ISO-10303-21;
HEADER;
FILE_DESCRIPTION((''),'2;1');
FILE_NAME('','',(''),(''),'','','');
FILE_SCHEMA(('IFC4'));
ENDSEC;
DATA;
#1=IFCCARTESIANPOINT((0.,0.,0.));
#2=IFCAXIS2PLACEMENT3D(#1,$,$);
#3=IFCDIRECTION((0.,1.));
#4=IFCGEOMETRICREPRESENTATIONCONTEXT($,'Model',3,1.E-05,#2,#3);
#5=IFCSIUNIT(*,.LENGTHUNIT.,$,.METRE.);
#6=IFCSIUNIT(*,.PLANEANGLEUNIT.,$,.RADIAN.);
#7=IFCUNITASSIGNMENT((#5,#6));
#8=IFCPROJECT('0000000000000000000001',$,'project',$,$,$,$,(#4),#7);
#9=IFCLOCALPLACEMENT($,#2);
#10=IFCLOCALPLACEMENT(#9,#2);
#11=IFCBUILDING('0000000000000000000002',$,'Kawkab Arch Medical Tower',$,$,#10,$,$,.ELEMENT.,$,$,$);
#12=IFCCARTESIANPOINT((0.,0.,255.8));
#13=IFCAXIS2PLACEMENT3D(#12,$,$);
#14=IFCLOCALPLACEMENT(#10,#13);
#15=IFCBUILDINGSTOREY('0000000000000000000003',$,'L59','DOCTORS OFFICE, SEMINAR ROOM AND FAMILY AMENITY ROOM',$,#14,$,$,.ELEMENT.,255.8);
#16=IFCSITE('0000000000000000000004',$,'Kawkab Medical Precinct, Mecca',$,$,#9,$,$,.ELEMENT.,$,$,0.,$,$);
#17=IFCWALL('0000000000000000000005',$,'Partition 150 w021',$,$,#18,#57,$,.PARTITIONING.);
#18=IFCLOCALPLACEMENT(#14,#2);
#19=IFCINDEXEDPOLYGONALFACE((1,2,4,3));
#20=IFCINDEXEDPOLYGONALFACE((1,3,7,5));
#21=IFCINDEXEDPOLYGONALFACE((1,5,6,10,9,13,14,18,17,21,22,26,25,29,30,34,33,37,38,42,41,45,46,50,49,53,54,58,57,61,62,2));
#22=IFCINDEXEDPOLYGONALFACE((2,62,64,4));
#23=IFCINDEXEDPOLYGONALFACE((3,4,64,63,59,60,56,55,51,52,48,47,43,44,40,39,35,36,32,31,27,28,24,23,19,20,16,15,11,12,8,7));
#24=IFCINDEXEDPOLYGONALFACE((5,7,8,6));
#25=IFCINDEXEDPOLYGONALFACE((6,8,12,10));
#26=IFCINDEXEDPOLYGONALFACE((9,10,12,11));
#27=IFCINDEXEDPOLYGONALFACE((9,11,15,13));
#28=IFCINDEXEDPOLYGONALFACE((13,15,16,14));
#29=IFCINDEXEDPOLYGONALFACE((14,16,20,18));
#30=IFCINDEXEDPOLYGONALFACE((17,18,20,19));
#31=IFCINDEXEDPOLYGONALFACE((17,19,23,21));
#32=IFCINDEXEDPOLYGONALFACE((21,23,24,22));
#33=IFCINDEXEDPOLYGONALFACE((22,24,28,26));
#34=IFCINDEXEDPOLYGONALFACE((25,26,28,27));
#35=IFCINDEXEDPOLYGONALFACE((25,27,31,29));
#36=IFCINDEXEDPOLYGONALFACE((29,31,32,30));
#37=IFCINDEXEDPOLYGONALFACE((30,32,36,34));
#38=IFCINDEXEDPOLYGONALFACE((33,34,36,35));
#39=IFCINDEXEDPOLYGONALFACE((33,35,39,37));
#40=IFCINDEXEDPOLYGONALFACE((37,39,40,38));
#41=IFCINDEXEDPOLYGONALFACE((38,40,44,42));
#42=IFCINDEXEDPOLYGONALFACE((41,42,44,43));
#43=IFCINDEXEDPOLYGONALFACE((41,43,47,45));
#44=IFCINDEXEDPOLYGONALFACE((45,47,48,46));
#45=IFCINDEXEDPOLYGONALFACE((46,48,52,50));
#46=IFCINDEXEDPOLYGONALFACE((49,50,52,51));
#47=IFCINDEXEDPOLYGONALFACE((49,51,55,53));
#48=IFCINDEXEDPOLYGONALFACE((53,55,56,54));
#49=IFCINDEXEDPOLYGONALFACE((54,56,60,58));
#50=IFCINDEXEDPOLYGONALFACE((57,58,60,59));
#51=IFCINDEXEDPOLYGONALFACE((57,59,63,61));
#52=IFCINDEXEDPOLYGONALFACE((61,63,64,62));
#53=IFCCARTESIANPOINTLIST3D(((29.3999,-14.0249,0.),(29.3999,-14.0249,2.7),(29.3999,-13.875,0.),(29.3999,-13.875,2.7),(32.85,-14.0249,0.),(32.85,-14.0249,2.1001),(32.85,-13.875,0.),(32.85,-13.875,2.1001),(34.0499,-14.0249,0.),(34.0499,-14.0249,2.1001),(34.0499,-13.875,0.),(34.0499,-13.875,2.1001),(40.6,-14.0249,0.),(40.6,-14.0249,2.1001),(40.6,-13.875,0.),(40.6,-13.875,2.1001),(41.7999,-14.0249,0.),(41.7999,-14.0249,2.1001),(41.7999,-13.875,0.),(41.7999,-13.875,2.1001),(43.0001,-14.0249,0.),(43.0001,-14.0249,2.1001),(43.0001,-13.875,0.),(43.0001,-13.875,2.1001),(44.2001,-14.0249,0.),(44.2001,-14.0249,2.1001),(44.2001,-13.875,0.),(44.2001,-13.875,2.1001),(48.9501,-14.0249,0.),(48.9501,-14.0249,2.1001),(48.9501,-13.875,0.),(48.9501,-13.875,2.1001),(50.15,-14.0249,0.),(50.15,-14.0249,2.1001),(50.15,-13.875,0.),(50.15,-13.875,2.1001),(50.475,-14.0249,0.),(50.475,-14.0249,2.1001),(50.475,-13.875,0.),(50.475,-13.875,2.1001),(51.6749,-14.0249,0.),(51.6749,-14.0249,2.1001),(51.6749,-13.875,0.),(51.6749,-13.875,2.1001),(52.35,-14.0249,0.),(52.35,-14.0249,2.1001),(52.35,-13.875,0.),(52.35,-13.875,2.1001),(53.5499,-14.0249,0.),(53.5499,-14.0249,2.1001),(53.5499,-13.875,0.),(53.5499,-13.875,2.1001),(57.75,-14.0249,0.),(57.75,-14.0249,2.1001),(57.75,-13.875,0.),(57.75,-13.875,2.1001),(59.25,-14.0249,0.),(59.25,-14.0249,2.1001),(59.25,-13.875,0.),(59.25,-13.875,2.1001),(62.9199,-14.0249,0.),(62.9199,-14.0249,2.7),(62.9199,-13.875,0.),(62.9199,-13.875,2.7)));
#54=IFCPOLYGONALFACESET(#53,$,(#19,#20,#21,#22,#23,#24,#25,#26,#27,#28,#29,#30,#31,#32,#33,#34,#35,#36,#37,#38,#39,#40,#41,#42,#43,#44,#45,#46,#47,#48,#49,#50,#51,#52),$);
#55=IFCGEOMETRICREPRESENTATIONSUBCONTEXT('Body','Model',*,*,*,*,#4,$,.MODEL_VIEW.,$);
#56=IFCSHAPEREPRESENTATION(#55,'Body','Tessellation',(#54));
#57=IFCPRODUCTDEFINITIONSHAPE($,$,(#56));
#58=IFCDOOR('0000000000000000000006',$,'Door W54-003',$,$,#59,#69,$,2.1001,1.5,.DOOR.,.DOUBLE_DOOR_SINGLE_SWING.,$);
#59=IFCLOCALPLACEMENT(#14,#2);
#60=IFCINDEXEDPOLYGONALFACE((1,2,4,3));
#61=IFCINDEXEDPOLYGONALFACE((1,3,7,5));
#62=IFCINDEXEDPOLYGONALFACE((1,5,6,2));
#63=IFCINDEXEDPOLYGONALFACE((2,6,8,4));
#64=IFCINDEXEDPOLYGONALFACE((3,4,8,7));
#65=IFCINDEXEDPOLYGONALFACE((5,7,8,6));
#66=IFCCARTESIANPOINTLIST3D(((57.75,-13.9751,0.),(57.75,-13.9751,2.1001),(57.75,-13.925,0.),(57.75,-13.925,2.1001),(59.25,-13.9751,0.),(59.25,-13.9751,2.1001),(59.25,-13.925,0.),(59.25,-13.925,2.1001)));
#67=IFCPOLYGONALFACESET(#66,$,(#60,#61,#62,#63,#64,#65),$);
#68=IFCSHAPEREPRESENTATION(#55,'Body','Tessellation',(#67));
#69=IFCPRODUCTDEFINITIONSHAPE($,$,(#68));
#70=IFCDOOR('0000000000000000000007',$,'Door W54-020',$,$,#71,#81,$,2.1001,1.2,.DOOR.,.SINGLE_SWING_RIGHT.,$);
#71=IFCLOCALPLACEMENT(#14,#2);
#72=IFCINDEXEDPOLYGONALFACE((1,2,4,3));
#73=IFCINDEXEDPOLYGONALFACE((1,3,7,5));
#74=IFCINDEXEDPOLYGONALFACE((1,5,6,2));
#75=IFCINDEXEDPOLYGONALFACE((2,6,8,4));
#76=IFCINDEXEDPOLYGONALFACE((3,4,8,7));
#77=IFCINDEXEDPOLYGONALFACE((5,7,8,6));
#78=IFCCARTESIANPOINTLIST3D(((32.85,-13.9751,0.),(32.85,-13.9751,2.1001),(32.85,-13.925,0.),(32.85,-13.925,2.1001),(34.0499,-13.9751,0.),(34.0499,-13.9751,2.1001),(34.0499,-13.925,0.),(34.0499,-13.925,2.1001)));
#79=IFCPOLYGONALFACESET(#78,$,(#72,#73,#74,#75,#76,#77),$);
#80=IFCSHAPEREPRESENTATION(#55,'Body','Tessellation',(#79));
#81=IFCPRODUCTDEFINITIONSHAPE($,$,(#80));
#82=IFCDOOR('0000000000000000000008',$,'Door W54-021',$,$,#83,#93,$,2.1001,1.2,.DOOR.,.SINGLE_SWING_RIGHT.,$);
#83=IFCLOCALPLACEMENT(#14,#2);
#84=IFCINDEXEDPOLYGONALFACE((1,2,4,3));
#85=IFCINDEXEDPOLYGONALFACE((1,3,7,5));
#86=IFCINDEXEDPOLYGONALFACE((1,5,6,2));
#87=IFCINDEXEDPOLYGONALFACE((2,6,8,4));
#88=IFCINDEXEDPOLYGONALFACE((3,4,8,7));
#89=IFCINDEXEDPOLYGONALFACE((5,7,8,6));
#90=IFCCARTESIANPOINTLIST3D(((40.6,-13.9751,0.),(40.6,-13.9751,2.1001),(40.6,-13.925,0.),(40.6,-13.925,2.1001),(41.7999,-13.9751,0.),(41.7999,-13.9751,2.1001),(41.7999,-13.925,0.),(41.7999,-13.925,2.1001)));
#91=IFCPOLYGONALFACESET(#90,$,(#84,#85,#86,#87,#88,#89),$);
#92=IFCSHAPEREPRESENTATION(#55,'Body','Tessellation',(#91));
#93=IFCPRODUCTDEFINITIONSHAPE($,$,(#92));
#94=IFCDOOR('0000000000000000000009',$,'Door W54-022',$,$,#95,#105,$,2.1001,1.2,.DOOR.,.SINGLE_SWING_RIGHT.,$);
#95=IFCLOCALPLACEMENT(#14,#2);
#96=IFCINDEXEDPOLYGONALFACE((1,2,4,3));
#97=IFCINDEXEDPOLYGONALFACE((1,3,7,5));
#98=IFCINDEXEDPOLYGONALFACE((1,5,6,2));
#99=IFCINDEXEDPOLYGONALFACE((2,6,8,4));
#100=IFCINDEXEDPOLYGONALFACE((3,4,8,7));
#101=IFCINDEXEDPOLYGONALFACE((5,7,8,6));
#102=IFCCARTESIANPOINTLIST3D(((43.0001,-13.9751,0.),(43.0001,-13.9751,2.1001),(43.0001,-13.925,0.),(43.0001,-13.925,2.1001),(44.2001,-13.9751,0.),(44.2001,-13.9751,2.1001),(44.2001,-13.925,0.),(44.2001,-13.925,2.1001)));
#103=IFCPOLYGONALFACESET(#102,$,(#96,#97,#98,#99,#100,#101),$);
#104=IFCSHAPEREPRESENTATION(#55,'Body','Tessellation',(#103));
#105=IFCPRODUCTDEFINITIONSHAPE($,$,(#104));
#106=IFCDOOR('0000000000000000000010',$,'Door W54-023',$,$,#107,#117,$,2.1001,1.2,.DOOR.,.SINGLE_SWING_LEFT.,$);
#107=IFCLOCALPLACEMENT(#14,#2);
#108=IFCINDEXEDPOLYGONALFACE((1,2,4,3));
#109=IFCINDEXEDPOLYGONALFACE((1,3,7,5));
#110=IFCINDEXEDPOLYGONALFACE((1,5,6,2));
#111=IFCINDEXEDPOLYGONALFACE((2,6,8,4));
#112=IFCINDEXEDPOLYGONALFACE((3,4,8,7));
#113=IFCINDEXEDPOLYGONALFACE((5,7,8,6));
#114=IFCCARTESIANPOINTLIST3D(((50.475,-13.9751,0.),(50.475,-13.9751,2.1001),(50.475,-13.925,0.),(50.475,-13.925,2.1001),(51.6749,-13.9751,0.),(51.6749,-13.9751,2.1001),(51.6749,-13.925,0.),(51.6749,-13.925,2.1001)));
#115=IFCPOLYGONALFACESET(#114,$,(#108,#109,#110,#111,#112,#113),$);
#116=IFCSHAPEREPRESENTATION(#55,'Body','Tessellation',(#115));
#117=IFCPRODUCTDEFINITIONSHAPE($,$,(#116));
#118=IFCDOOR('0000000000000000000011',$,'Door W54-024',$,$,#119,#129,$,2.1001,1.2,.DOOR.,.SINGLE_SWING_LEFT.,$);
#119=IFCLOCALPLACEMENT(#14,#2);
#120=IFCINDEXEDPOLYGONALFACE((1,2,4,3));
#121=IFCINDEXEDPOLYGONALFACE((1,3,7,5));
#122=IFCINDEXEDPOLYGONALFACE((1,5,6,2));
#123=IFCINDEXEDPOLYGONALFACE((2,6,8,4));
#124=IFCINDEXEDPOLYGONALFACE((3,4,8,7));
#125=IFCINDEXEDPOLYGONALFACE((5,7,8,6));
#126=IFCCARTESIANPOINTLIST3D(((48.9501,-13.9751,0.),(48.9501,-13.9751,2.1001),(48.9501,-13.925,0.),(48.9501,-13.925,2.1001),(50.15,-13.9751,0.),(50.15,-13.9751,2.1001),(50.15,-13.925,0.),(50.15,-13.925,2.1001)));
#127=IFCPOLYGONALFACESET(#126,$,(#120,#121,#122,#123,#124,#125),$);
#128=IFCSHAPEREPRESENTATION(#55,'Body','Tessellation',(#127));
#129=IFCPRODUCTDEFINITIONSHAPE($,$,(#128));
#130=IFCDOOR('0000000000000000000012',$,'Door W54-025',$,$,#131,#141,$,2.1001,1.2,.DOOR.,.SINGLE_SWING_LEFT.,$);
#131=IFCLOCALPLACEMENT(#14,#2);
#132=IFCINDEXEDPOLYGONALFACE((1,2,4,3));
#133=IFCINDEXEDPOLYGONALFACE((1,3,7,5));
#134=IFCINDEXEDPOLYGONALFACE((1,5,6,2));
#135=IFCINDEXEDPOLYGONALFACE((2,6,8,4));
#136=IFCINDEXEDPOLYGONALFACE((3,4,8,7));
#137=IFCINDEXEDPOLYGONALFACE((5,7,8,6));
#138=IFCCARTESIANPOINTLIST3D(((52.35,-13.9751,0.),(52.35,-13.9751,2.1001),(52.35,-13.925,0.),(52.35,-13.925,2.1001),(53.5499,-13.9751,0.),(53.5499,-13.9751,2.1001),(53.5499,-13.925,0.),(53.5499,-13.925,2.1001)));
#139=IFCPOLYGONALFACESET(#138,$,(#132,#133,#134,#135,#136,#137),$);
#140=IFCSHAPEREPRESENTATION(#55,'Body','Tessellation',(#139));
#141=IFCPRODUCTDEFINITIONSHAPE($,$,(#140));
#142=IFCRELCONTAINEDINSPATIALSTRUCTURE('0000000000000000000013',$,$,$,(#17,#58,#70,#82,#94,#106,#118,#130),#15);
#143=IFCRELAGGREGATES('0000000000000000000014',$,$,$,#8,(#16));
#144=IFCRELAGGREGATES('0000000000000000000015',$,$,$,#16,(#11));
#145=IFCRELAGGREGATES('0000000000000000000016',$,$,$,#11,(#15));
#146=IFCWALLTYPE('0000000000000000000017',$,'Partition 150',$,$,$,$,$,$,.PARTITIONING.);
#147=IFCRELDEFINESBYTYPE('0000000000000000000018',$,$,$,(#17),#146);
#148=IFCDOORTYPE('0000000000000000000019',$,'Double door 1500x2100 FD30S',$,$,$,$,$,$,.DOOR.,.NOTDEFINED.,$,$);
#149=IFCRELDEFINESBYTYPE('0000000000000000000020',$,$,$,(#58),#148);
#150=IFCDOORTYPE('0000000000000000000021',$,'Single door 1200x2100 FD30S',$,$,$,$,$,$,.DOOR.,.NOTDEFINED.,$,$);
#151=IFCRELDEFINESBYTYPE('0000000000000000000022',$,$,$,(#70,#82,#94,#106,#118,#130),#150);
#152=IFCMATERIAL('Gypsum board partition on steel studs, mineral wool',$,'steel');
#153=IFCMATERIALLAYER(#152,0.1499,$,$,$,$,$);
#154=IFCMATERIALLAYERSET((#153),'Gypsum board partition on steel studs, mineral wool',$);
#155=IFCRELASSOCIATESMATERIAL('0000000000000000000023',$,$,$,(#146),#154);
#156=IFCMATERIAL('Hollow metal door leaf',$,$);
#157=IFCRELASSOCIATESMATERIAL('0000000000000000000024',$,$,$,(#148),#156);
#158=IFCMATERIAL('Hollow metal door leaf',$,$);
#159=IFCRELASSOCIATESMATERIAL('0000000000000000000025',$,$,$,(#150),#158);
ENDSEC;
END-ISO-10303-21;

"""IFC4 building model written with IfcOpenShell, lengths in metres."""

from ifc_helpers import new_model, si_unit, direction, frame, frame_2d, origin, place, context, subcontext, project, spatial, rectangle, extrude, material, layer, layer_set, type_object, element, fill, save


model = new_model("IFC4")

# Units and contexts
model_context = context("Model", 3, precision=1e-05, world=origin(), true_north=direction((0.0, 1.0)))
body_context = subcontext(model_context, "Body", "Model", "MODEL_VIEW")
ifc_project = project(units=[si_unit("LENGTHUNIT", "METRE"), si_unit("PLANEANGLEUNIT", "RADIAN")], contexts=[model_context])

# Site, building, storey
site_placement = place(None, origin())
site = spatial("IfcSite", under=ifc_project, at=site_placement, Name="Kawkab Medical Precinct, Mecca", CompositionType="ELEMENT", RefElevation=0.0)
building_placement = place(site_placement, origin())
building = spatial("IfcBuilding", under=site, at=building_placement, Name="Kawkab Arch Medical Tower", CompositionType="ELEMENT")
storey_placement = place(building_placement, frame((0.0, 0.0, 255.8)))
storey = spatial("IfcBuildingStorey", under=building, at=storey_placement, Name="L59", Description="DOCTORS OFFICE, SEMINAR ROOM AND FAMILY AMENITY ROOM", CompositionType="ELEMENT", Elevation=255.8)

# Shared definitions
ifc_material_1 = material(Name="Gypsum board partition on steel studs, mineral wool", Category="steel")
ifc_layer_1 = layer(ifc_material_1, 0.1499)
ifc_layer_set_1 = layer_set([ifc_layer_1], Name="Gypsum board partition on steel studs, mineral wool")
wall_type_1 = type_object("IfcWallType", Name="Partition 150", PredefinedType="PARTITIONING", material=ifc_layer_set_1)
ifc_material_2 = material(Name="Hollow metal door leaf")
door_type_1 = type_object("IfcDoorType", Name="Double door 1500x2100 FD30S", OperationType="NOTDEFINED", PredefinedType="DOOR", material=ifc_material_2)

# Wall, openings, doors
wall_1_placement = place(storey_placement, frame((29.3999, -13.95, 0.0), z_axis=(0.0, 0.0, 1.0), x_axis=(1.0, 0.0, 0.0)))
wall_1 = element("IfcWall", 1, at=wall_1_placement, inside=storey, type_object=wall_type_1, Name="Partition 150 w021", PredefinedType="PARTITIONING", context=body_context, shape_type="SweptSolid", body=[
    extrude(rectangle(XDim=33.52, YDim=0.1499, at=frame_2d((16.76, 0.0))), origin(), (0.0, 0.0, 1.0), 2.7),
])
opening_1_placement = place(wall_1_placement, frame((3.45, 0.0, 0.0)))
opening_1 = element("IfcOpeningElement", 2, at=opening_1_placement, cuts=wall_1, PredefinedType="OPENING", context=body_context, shape_type="SweptSolid", body=[
    extrude(rectangle(XDim=1.2, YDim=2.1001, at=frame_2d((0.6001, 1.05))), frame((0.0, 0.085, 0.0), z_axis=(0.0, -1.0, 0.0), x_axis=(1.0, 0.0, 0.0)), (0.0, 0.0, 1.0), 0.1699),
])
opening_2_placement = place(wall_1_placement, frame((11.2, 0.0, 0.0)))
opening_2 = element("IfcOpeningElement", 3, at=opening_2_placement, cuts=wall_1, PredefinedType="OPENING", context=body_context, shape_type="SweptSolid", body=[
    extrude(rectangle(XDim=1.2, YDim=2.1001, at=frame_2d((0.6001, 1.05))), frame((0.0, 0.085, 0.0), z_axis=(0.0, -1.0, 0.0), x_axis=(1.0, 0.0, 0.0)), (0.0, 0.0, 1.0), 0.1699),
])
opening_3_placement = place(wall_1_placement, frame((13.6001, 0.0, 0.0)))
opening_3 = element("IfcOpeningElement", 4, at=opening_3_placement, cuts=wall_1, PredefinedType="OPENING", context=body_context, shape_type="SweptSolid", body=[
    extrude(rectangle(XDim=1.2, YDim=2.1001, at=frame_2d((0.6001, 1.05))), frame((0.0, 0.085, 0.0), z_axis=(0.0, -1.0, 0.0), x_axis=(1.0, 0.0, 0.0)), (0.0, 0.0, 1.0), 0.1699),
])
opening_4_placement = place(wall_1_placement, frame((21.075, 0.0, 0.0)))
opening_4 = element("IfcOpeningElement", 5, at=opening_4_placement, cuts=wall_1, PredefinedType="OPENING", context=body_context, shape_type="SweptSolid", body=[
    extrude(rectangle(XDim=1.2, YDim=2.1001, at=frame_2d((0.6001, 1.05))), frame((0.0, 0.085, 0.0), z_axis=(0.0, -1.0, 0.0), x_axis=(1.0, 0.0, 0.0)), (0.0, 0.0, 1.0), 0.1699),
])
opening_5_placement = place(wall_1_placement, frame((19.55, 0.0, 0.0)))
opening_5 = element("IfcOpeningElement", 6, at=opening_5_placement, cuts=wall_1, PredefinedType="OPENING", context=body_context, shape_type="SweptSolid", body=[
    extrude(rectangle(XDim=1.2, YDim=2.1001, at=frame_2d((0.6001, 1.05))), frame((0.0, 0.085, 0.0), z_axis=(0.0, -1.0, 0.0), x_axis=(1.0, 0.0, 0.0)), (0.0, 0.0, 1.0), 0.1699),
])
opening_6_placement = place(wall_1_placement, frame((22.95, 0.0, 0.0)))
opening_6 = element("IfcOpeningElement", 7, at=opening_6_placement, cuts=wall_1, PredefinedType="OPENING", context=body_context, shape_type="SweptSolid", body=[
    extrude(rectangle(XDim=1.2, YDim=2.1001, at=frame_2d((0.6001, 1.05))), frame((0.0, 0.085, 0.0), z_axis=(0.0, -1.0, 0.0), x_axis=(1.0, 0.0, 0.0)), (0.0, 0.0, 1.0), 0.1699),
])
opening_7_placement = place(wall_1_placement, frame((28.3501, 0.0, 0.0)))
opening_7 = element("IfcOpeningElement", 8, at=opening_7_placement, cuts=wall_1, PredefinedType="OPENING", context=body_context, shape_type="SweptSolid", body=[
    extrude(rectangle(XDim=1.5, YDim=2.1001, at=frame_2d((0.75, 1.05))), frame((0.0, 0.085, 0.0), z_axis=(0.0, -1.0, 0.0), x_axis=(1.0, 0.0, 0.0)), (0.0, 0.0, 1.0), 0.1699),
])
door_1_placement = place(opening_7_placement, origin())
door_1 = element("IfcDoor", 9, at=door_1_placement, inside=storey, type_object=door_type_1, Name="Door W54-003", OperationType="DOUBLE_DOOR_SINGLE_SWING", OverallHeight=2.1001, OverallWidth=1.5, PredefinedType="DOOR", context=body_context, shape_type="SweptSolid", body=[
    extrude(rectangle(XDim=1.5, YDim=2.1001, at=frame_2d((0.75, 1.05))), frame((0.0, 0.0249, 0.0), z_axis=(0.0, -1.0, 0.0), x_axis=(1.0, 0.0, 0.0)), (0.0, 0.0, 1.0), 0.05),
])
fill(opening_7, door_1)
ifc_material_3 = material(Name="Hollow metal door leaf")
door_type_2 = type_object("IfcDoorType", Name="Single door 1200x2100 FD30S", OperationType="NOTDEFINED", PredefinedType="DOOR", material=ifc_material_3)
door_2_placement = place(opening_1_placement, origin())
door_2 = element("IfcDoor", 10, at=door_2_placement, inside=storey, type_object=door_type_2, Name="Door W54-020", OperationType="SINGLE_SWING_RIGHT", OverallHeight=2.1001, OverallWidth=1.2, PredefinedType="DOOR", context=body_context, shape_type="SweptSolid", body=[
    extrude(rectangle(XDim=1.2, YDim=2.1001, at=frame_2d((0.6001, 1.05))), frame((0.0, 0.0249, 0.0), z_axis=(0.0, -1.0, 0.0), x_axis=(1.0, 0.0, 0.0)), (0.0, 0.0, 1.0), 0.05),
])
fill(opening_1, door_2)
door_3_placement = place(opening_2_placement, origin())
door_3 = element("IfcDoor", 11, at=door_3_placement, inside=storey, type_object=door_type_2, Name="Door W54-021", OperationType="SINGLE_SWING_RIGHT", OverallHeight=2.1001, OverallWidth=1.2, PredefinedType="DOOR", context=body_context, shape_type="SweptSolid", body=[
    extrude(rectangle(XDim=1.2, YDim=2.1001, at=frame_2d((0.6001, 1.05))), frame((0.0, 0.0249, 0.0), z_axis=(0.0, -1.0, 0.0), x_axis=(1.0, 0.0, 0.0)), (0.0, 0.0, 1.0), 0.05),
])
fill(opening_2, door_3)
door_4_placement = place(opening_3_placement, origin())
door_4 = element("IfcDoor", 12, at=door_4_placement, inside=storey, type_object=door_type_2, Name="Door W54-022", OperationType="SINGLE_SWING_RIGHT", OverallHeight=2.1001, OverallWidth=1.2, PredefinedType="DOOR", context=body_context, shape_type="SweptSolid", body=[
    extrude(rectangle(XDim=1.2, YDim=2.1001, at=frame_2d((0.6001, 1.05))), frame((0.0, 0.0249, 0.0), z_axis=(0.0, -1.0, 0.0), x_axis=(1.0, 0.0, 0.0)), (0.0, 0.0, 1.0), 0.05),
])
fill(opening_3, door_4)
door_5_placement = place(opening_4_placement, origin())
door_5 = element("IfcDoor", 13, at=door_5_placement, inside=storey, type_object=door_type_2, Name="Door W54-023", OperationType="SINGLE_SWING_LEFT", OverallHeight=2.1001, OverallWidth=1.2, PredefinedType="DOOR", context=body_context, shape_type="SweptSolid", body=[
    extrude(rectangle(XDim=1.2, YDim=2.1001, at=frame_2d((0.6001, 1.05))), frame((0.0, 0.0249, 0.0), z_axis=(0.0, -1.0, 0.0), x_axis=(1.0, 0.0, 0.0)), (0.0, 0.0, 1.0), 0.05),
])
fill(opening_4, door_5)
door_6_placement = place(opening_5_placement, origin())
door_6 = element("IfcDoor", 14, at=door_6_placement, inside=storey, type_object=door_type_2, Name="Door W54-024", OperationType="SINGLE_SWING_LEFT", OverallHeight=2.1001, OverallWidth=1.2, PredefinedType="DOOR", context=body_context, shape_type="SweptSolid", body=[
    extrude(rectangle(XDim=1.2, YDim=2.1001, at=frame_2d((0.6001, 1.05))), frame((0.0, 0.0249, 0.0), z_axis=(0.0, -1.0, 0.0), x_axis=(1.0, 0.0, 0.0)), (0.0, 0.0, 1.0), 0.05),
])
fill(opening_5, door_6)
door_7_placement = place(opening_6_placement, origin())
door_7 = element("IfcDoor", 15, at=door_7_placement, inside=storey, type_object=door_type_2, Name="Door W54-025", OperationType="SINGLE_SWING_LEFT", OverallHeight=2.1001, OverallWidth=1.2, PredefinedType="DOOR", context=body_context, shape_type="SweptSolid", body=[
    extrude(rectangle(XDim=1.2, YDim=2.1001, at=frame_2d((0.6001, 1.05))), frame((0.0, 0.0249, 0.0), z_axis=(0.0, -1.0, 0.0), x_axis=(1.0, 0.0, 0.0)), (0.0, 0.0, 1.0), 0.05),
])
fill(opening_6, door_7)

save(model, "model.ifc")
